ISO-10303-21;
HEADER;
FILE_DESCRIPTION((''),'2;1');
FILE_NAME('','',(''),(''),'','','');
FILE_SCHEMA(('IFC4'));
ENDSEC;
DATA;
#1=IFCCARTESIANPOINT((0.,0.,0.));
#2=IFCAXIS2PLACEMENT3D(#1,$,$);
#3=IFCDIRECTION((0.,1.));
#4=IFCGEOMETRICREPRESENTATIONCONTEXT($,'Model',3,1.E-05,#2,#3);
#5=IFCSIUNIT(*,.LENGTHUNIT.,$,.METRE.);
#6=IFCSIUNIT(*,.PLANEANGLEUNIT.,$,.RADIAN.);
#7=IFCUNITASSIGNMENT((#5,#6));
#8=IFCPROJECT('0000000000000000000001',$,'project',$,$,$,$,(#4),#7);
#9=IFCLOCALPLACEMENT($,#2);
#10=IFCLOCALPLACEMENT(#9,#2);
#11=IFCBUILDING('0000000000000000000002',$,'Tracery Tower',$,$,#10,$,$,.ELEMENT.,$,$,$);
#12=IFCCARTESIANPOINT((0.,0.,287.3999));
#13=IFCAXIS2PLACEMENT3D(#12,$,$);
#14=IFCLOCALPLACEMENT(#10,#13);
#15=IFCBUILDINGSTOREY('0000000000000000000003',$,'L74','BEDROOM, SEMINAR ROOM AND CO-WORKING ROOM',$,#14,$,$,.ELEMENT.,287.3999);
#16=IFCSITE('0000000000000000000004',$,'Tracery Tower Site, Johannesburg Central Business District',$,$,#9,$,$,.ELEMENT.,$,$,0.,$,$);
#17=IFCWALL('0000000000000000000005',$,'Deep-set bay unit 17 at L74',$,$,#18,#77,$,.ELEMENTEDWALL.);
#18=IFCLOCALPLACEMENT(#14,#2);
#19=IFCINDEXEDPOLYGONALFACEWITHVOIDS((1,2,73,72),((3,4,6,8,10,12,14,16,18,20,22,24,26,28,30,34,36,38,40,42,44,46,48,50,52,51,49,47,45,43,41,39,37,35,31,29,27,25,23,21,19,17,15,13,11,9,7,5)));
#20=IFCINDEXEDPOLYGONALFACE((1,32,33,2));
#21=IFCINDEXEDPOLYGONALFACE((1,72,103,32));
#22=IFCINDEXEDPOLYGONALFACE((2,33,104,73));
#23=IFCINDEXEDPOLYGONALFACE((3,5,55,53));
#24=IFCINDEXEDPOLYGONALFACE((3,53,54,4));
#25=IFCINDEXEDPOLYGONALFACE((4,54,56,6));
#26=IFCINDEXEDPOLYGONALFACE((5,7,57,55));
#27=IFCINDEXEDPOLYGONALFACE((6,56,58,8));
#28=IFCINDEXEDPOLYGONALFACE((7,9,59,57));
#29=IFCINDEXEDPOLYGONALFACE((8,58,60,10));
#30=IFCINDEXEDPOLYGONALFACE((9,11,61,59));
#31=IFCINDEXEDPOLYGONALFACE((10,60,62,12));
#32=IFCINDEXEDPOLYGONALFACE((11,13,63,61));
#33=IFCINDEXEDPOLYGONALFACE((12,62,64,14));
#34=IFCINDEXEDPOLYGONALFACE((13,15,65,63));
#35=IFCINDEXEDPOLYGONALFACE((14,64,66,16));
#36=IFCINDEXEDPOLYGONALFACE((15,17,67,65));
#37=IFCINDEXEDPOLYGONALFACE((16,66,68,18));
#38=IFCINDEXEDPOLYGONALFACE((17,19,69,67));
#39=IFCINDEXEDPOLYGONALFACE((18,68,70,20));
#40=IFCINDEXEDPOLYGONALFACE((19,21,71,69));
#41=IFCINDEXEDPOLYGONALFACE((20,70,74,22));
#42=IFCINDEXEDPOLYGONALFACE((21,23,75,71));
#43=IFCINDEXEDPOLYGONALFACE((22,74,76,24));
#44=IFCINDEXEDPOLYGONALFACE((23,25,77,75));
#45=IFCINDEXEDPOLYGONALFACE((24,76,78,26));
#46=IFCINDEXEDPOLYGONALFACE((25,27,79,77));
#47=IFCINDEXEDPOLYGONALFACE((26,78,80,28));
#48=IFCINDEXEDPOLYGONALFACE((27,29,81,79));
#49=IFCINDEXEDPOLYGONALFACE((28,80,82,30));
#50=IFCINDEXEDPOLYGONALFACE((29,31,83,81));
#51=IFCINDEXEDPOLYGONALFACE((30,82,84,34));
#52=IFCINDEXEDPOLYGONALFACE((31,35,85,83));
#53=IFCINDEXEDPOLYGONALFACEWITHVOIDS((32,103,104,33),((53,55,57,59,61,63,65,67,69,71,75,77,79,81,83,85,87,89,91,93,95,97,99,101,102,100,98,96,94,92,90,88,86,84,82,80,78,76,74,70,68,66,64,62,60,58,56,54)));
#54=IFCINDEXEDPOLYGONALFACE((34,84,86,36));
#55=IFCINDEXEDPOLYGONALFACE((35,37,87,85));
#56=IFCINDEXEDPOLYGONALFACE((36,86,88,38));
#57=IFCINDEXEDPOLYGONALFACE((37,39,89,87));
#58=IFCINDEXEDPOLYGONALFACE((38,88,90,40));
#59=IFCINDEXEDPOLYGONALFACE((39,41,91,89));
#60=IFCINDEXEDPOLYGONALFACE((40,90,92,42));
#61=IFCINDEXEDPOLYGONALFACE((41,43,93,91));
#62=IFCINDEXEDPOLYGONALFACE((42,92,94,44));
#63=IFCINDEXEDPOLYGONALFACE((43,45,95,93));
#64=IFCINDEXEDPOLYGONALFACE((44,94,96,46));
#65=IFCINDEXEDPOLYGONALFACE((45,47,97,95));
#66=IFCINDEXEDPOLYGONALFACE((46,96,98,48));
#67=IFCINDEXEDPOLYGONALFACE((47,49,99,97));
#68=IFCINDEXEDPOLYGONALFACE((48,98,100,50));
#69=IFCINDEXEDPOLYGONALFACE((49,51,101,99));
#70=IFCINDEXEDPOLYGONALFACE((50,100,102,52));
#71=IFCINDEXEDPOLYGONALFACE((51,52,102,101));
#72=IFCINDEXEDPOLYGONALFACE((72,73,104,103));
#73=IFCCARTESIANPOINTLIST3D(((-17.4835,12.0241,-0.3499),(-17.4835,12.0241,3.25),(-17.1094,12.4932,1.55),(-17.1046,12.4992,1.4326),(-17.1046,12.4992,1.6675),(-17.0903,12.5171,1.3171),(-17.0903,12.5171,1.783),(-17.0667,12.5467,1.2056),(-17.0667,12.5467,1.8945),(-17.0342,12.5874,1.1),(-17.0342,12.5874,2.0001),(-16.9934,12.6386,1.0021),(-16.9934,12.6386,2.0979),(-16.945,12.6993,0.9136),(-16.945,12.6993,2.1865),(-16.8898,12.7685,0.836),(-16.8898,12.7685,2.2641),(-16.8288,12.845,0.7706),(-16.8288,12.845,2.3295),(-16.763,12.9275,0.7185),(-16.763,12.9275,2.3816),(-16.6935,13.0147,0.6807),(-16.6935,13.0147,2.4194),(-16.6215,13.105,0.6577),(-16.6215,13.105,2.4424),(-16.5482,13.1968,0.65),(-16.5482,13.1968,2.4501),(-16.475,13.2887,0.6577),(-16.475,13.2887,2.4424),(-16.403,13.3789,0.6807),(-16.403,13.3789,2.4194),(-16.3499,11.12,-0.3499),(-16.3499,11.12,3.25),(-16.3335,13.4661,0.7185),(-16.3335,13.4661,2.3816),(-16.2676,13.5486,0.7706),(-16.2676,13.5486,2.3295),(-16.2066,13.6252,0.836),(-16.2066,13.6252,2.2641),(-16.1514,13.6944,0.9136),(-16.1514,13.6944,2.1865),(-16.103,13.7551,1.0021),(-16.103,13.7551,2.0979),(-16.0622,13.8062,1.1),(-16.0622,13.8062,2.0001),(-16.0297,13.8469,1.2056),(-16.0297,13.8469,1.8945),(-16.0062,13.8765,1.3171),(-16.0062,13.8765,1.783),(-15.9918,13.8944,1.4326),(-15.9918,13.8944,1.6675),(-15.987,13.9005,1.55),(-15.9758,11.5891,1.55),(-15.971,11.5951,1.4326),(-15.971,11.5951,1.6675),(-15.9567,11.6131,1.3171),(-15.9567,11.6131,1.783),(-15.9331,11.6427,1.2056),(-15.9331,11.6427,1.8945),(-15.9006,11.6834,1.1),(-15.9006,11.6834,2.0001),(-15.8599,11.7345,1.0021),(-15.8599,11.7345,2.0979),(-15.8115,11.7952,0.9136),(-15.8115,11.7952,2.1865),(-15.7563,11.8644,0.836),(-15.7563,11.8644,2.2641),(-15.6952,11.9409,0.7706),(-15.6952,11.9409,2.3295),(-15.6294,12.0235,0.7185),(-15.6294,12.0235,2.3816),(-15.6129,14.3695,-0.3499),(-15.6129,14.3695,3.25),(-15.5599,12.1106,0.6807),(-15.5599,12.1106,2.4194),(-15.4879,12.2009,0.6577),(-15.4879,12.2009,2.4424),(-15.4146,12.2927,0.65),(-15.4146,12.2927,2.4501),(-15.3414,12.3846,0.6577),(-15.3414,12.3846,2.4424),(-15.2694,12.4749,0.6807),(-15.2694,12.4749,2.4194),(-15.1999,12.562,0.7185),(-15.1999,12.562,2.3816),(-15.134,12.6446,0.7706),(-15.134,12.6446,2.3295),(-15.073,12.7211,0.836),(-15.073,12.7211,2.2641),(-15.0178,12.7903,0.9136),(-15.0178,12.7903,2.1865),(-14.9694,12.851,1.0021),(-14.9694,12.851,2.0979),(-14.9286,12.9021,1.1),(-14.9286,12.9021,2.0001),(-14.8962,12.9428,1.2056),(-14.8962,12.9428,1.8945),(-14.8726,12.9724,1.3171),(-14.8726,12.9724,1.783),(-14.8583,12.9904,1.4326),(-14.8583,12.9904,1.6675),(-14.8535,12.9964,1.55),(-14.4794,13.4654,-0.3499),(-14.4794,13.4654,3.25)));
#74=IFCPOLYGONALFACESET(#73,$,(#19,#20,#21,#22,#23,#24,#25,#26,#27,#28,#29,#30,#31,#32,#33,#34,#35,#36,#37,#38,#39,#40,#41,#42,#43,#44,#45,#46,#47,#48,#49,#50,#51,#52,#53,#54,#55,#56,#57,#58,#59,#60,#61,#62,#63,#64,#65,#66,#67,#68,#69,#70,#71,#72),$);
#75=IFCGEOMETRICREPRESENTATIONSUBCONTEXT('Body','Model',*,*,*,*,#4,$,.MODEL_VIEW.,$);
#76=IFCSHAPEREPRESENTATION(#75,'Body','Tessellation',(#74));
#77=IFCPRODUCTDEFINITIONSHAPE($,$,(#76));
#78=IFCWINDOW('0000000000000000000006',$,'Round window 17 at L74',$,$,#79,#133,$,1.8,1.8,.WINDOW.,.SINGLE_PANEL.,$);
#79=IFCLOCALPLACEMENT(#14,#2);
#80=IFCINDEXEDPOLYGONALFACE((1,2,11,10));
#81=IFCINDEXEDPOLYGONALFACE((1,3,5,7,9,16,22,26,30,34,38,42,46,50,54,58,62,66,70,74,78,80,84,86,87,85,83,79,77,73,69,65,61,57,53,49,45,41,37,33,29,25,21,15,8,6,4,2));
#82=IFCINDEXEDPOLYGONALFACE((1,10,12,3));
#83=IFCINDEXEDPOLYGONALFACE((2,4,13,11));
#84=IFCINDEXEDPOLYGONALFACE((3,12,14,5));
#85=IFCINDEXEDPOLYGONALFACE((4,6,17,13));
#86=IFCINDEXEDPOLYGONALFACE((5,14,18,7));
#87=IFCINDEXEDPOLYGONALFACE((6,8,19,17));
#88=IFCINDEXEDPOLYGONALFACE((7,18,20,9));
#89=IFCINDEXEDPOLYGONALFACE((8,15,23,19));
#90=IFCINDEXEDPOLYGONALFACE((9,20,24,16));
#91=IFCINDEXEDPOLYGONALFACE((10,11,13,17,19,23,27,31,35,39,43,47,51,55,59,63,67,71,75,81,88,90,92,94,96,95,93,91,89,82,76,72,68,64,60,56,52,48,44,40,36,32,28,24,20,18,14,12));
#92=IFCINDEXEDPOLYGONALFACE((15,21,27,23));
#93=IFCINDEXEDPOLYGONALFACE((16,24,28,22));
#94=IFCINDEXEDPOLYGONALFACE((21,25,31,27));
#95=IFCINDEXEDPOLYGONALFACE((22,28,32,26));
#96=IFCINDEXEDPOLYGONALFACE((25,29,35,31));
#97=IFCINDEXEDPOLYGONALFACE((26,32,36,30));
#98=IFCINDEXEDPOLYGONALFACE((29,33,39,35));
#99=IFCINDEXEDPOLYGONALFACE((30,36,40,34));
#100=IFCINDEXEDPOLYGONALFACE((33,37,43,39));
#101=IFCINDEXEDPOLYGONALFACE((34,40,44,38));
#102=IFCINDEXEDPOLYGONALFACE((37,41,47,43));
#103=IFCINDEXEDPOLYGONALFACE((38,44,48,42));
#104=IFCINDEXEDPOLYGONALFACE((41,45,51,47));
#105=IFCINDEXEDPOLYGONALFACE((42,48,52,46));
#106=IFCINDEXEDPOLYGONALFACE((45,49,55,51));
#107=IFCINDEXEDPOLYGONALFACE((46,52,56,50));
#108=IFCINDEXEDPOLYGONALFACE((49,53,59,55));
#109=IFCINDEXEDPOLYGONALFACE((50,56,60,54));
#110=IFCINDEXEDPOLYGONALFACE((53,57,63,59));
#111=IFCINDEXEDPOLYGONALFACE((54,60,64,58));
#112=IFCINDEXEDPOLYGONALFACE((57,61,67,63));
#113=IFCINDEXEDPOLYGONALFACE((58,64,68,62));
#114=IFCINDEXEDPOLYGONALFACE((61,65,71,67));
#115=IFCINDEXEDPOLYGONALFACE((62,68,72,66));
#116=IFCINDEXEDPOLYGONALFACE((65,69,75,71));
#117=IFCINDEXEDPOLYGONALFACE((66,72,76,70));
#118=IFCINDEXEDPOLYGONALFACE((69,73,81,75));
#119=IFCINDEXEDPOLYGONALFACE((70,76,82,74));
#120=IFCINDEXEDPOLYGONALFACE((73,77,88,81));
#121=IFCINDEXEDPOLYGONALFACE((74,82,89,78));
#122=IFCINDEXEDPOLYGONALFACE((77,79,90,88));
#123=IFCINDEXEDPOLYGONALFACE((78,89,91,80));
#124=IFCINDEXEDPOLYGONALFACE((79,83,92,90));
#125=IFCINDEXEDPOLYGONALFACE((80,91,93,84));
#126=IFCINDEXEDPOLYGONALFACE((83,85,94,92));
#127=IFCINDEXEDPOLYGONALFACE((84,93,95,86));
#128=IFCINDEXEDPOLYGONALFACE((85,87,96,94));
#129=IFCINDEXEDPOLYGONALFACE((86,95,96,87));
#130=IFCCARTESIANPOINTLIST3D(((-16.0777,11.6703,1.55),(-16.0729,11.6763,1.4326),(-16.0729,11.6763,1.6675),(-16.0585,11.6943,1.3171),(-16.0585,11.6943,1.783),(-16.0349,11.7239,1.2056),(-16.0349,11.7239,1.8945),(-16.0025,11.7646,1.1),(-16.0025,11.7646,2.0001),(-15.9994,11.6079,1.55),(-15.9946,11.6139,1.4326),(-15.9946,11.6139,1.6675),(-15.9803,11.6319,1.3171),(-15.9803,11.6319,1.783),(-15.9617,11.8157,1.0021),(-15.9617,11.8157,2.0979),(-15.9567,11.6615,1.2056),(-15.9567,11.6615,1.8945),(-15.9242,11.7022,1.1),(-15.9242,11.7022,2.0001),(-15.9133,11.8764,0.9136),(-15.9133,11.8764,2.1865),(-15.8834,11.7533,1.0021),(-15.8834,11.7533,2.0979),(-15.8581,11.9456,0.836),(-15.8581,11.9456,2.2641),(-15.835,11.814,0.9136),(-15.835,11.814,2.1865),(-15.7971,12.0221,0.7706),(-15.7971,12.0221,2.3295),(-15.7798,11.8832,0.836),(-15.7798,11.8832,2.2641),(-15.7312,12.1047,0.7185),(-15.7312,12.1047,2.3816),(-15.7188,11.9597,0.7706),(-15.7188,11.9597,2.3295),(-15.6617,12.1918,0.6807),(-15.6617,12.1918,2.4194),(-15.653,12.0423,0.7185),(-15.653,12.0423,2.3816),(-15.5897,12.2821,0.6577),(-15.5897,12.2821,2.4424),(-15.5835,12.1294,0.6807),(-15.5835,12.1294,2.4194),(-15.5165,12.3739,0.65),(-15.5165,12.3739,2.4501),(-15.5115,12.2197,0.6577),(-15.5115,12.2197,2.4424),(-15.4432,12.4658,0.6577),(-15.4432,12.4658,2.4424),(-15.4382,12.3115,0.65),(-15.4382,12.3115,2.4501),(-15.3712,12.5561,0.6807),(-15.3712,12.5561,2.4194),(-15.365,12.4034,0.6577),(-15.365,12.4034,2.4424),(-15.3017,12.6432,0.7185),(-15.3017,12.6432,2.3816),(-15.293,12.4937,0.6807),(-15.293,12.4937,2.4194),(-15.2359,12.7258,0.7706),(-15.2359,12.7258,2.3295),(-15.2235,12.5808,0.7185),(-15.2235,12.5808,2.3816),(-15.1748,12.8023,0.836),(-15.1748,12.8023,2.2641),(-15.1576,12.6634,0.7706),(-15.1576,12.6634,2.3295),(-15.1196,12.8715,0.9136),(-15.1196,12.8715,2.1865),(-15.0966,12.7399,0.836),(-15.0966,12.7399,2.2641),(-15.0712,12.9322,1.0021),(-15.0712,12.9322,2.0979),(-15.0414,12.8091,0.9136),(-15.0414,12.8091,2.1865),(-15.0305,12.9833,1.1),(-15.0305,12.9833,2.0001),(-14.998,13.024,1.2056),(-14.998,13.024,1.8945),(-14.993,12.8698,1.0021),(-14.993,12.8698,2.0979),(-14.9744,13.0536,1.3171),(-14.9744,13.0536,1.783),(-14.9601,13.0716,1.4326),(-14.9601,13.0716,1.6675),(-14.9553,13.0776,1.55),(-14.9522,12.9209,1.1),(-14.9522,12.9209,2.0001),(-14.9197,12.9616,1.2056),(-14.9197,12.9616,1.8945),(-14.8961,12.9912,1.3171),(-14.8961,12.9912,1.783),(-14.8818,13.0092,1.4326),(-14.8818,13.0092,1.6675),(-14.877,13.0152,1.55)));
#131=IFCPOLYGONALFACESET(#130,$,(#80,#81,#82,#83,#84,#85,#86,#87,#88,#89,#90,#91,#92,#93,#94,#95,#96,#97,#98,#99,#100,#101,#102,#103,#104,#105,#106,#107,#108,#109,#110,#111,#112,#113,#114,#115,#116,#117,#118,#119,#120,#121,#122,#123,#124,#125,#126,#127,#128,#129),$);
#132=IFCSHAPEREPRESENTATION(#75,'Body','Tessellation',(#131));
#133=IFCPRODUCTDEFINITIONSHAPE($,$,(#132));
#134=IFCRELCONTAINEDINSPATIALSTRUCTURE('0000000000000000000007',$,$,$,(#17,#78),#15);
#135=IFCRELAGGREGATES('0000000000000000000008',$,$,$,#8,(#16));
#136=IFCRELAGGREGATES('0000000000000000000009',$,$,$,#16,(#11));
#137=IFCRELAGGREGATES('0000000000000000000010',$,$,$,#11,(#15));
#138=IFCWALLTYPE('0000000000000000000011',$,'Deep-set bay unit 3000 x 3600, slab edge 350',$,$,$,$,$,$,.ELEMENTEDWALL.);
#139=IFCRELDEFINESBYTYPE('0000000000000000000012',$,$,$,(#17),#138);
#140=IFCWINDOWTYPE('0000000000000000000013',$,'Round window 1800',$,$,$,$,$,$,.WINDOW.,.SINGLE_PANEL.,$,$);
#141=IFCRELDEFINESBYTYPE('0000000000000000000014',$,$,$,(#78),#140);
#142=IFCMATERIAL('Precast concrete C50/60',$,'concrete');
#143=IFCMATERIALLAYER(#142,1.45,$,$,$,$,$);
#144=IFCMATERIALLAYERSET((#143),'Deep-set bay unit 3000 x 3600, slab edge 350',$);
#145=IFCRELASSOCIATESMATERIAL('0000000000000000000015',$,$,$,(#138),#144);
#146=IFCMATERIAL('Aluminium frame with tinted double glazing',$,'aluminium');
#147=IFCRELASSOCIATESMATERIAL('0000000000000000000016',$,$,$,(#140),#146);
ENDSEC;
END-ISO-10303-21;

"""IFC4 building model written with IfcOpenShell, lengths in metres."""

from ifc_helpers import new_model, si_unit, direction, frame, frame_2d, origin, origin_2d, place, context, subcontext, project, spatial, rectangle, circle, extrude, material, layer, layer_set, type_object, element, fill, save


model = new_model("IFC4")

# Units and contexts
model_context = context("Model", 3, precision=1e-05, world=origin(), true_north=direction((0.0, 1.0)))
body_context = subcontext(model_context, "Body", "Model", "MODEL_VIEW")
ifc_project = project(units=[si_unit("LENGTHUNIT", "METRE"), si_unit("PLANEANGLEUNIT", "RADIAN")], contexts=[model_context])

# Site, building, storey
site_placement = place(None, origin())
site = spatial("IfcSite", under=ifc_project, at=site_placement, Name="Tracery Tower Site, Johannesburg Central Business District", CompositionType="ELEMENT", RefElevation=0.0)
building_placement = place(site_placement, origin())
building = spatial("IfcBuilding", under=site, at=building_placement, Name="Tracery Tower", CompositionType="ELEMENT")
storey_placement = place(building_placement, frame((0.0, 0.0, 287.3999)))
storey = spatial("IfcBuildingStorey", under=building, at=storey_placement, Name="L74", Description="BEDROOM, SEMINAR ROOM AND CO-WORKING ROOM", CompositionType="ELEMENT", Elevation=287.3999)

# Wall, opening, window
ifc_material_1 = material(Name="Precast concrete C50/60", Category="concrete")
ifc_layer_1 = layer(ifc_material_1, 1.45)
ifc_layer_set_1 = layer_set([ifc_layer_1], Name="Deep-set bay unit 3000 x 3600, slab edge 350")
wall_type_1 = type_object("IfcWallType", Name="Deep-set bay unit 3000 x 3600, slab edge 350", PredefinedType="ELEMENTEDWALL", material=ifc_layer_set_1)
wall_1_placement = place(storey_placement, frame((-15.0461, 13.9175, -0.3499), z_axis=(0.0, 0.0, 1.0), x_axis=(-0.623523, -0.781805, 0.0)))
wall_1 = element("IfcWall", 1, at=wall_1_placement, inside=storey, type_object=wall_type_1, Name="Deep-set bay unit 17 at L74", PredefinedType="ELEMENTEDWALL", context=body_context, shape_type="SweptSolid", body=[
    extrude(rectangle(XDim=3.0, YDim=1.45, at=frame_2d((1.5, 0.0))), origin(), (0.0, 0.0, 1.0), 3.5999),
])
opening_1_placement = place(wall_1_placement, frame((1.5, 0.0, 1.8999)))
opening_1 = element("IfcOpeningElement", 2, at=opening_1_placement, cuts=wall_1, PredefinedType="OPENING", context=body_context, shape_type="SweptSolid", body=[
    extrude(circle(Radius=0.9, at=origin_2d()), frame((0.0, 0.7349, 0.0), z_axis=(0.0, -1.0, 0.0), x_axis=(1.0, 0.0, 0.0)), (0.0, 0.0, 1.0), 1.47),
])
ifc_material_2 = material(Name="Aluminium frame with tinted double glazing", Category="aluminium")
window_type = type_object("IfcWindowType", Name="Round window 1800", PartitioningType="SINGLE_PANEL", PredefinedType="WINDOW", material=ifc_material_2)
window_1_placement = place(opening_1_placement, origin())
window_1 = element("IfcWindow", 3, at=window_1_placement, inside=storey, type_object=window_type, Name="Round window 17 at L74", OverallHeight=1.8, OverallWidth=1.8, PartitioningType="SINGLE_PANEL", PredefinedType="WINDOW", context=body_context, shape_type="SweptSolid", body=[
    extrude(circle(Radius=0.9, at=origin_2d()), frame((0.0, 0.6948, 0.0), z_axis=(0.0, -1.0, 0.0), x_axis=(1.0, 0.0, 0.0)), (0.0, 0.0, 1.0), 0.1001),
])
fill(opening_1, window_1)

save(model, "model.ifc")
